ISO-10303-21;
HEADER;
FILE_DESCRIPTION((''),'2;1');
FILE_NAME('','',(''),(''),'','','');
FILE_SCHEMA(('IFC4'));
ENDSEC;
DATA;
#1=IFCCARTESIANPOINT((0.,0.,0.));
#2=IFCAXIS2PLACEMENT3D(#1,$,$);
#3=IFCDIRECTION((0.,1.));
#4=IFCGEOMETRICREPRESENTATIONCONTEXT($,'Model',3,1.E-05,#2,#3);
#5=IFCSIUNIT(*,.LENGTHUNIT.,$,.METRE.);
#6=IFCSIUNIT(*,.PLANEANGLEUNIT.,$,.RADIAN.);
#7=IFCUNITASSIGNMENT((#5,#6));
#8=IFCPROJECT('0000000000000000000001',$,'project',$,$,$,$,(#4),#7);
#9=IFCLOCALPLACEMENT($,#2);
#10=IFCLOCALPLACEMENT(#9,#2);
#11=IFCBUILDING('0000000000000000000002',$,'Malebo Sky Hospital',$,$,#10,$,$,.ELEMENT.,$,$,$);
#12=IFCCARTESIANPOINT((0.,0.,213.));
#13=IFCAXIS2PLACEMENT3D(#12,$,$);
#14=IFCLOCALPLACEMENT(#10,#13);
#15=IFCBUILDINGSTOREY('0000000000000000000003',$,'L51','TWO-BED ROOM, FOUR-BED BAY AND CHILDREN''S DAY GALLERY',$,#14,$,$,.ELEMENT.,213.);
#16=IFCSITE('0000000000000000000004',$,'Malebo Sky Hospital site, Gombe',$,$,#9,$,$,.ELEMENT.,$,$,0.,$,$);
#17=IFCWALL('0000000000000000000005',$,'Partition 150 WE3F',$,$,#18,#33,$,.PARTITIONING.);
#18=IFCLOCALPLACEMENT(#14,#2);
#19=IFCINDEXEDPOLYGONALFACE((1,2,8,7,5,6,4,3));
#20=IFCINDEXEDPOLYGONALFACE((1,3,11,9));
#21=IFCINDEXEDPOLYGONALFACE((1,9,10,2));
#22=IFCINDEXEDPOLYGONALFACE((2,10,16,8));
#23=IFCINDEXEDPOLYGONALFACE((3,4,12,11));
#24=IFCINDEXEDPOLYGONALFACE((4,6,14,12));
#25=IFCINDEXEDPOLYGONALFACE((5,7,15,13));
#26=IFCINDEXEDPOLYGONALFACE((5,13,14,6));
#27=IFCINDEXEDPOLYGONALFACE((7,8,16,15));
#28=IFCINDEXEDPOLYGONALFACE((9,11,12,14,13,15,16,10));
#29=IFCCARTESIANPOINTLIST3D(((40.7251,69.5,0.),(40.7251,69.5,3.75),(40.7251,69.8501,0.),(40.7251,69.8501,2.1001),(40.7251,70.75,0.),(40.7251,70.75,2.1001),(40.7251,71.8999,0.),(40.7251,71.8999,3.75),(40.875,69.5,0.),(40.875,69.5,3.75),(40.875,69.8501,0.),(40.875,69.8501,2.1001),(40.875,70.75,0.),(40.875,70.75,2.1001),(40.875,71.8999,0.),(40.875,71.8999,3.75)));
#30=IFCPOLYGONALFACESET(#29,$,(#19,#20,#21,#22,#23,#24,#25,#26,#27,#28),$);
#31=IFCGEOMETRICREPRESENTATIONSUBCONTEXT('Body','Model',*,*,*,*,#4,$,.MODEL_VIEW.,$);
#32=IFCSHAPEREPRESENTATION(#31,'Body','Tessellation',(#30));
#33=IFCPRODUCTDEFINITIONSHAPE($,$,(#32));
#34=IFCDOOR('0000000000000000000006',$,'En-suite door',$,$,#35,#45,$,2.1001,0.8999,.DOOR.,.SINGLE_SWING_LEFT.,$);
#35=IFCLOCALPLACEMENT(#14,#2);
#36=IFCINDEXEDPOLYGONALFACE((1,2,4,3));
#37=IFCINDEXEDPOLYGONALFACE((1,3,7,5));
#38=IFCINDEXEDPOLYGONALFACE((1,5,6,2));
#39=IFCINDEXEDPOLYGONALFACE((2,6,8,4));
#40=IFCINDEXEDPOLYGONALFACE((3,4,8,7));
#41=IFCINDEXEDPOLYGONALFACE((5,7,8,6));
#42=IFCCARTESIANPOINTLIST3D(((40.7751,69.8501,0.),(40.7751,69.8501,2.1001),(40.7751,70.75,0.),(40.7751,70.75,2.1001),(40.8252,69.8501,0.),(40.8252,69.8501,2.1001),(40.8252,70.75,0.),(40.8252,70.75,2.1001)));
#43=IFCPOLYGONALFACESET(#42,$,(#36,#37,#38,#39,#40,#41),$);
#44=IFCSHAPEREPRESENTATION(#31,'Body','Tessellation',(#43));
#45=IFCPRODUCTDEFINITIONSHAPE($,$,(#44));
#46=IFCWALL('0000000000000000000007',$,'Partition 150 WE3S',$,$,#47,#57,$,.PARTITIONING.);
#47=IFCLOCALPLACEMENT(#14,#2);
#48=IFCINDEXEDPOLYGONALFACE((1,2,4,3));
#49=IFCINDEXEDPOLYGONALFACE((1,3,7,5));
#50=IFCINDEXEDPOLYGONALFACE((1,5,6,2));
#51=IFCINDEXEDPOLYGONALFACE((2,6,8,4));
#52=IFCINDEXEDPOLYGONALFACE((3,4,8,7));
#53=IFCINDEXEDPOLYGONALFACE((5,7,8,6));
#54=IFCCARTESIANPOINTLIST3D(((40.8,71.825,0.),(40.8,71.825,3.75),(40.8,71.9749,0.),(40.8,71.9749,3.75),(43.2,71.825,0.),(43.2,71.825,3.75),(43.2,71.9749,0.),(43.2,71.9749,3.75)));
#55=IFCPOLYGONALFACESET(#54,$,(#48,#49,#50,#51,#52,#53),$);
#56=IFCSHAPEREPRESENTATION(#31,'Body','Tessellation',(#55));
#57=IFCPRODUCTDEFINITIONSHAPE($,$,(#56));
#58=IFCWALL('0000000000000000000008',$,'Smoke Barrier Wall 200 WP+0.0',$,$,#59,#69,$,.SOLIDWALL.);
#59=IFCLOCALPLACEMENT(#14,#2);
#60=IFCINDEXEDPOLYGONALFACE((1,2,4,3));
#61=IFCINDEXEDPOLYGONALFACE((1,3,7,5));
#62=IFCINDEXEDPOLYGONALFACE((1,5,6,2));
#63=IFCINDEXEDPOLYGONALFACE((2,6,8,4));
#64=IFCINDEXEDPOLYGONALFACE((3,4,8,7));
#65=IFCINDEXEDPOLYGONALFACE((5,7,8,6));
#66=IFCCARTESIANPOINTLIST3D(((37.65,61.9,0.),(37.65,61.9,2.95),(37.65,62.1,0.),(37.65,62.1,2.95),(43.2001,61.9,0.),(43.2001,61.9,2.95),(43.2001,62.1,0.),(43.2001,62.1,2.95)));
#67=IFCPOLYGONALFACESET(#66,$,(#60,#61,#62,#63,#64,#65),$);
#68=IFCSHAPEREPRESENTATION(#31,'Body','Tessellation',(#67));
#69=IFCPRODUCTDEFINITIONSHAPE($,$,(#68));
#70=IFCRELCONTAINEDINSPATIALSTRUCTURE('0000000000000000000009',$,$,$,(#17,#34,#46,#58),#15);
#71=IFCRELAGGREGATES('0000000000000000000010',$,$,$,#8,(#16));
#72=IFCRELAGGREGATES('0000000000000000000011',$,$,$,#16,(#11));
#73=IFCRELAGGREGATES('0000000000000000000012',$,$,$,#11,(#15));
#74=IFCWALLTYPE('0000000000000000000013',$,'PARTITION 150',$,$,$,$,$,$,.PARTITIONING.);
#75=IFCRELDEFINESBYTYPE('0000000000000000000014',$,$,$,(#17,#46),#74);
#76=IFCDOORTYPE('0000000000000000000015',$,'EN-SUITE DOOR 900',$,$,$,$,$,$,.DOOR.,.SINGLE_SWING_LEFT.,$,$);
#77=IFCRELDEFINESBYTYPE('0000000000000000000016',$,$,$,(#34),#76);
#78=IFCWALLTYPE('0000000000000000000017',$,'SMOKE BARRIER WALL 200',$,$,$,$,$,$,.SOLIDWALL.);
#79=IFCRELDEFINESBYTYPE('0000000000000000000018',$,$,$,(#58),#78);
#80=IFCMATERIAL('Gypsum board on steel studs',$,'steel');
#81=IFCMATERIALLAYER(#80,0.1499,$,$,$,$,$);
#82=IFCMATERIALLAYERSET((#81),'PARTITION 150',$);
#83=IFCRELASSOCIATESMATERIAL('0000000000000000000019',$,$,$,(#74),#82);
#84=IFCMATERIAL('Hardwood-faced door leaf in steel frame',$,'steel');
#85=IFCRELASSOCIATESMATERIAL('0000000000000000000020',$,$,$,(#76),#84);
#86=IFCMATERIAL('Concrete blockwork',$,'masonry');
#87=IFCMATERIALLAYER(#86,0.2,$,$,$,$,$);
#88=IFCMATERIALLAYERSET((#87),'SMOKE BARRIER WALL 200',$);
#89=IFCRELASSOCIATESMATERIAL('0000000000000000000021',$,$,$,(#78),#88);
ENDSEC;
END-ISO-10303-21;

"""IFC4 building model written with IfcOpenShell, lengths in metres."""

from ifc_helpers import new_model, si_unit, direction, frame, frame_2d, origin, place, context, subcontext, project, spatial, rectangle, extrude, material, layer, layer_set, type_object, element, fill, save


model = new_model("IFC4")

# Units and contexts
model_context = context("Model", 3, precision=1e-05, world=origin(), true_north=direction((0.0, 1.0)))
body_context = subcontext(model_context, "Body", "Model", "MODEL_VIEW")
ifc_project = project(units=[si_unit("LENGTHUNIT", "METRE"), si_unit("PLANEANGLEUNIT", "RADIAN")], contexts=[model_context])

# Site, building, storey
site_placement = place(None, origin())
site = spatial("IfcSite", under=ifc_project, at=site_placement, Name="Malebo Sky Hospital site, Gombe", CompositionType="ELEMENT", RefElevation=0.0)
building_placement = place(site_placement, origin())
building = spatial("IfcBuilding", under=site, at=building_placement, Name="Malebo Sky Hospital", CompositionType="ELEMENT")
storey_placement = place(building_placement, frame((0.0, 0.0, 213.0)))
storey = spatial("IfcBuildingStorey", under=building, at=storey_placement, Name="L51", Description="TWO-BED ROOM, FOUR-BED BAY AND CHILDREN'S DAY GALLERY", CompositionType="ELEMENT", Elevation=213.0)

# Shared definitions
ifc_material_1 = material(Name="Gypsum board on steel studs", Category="steel")
ifc_layer_1 = layer(ifc_material_1, 0.1499)
ifc_layer_set_1 = layer_set([ifc_layer_1], Name="PARTITION 150")
wall_type_1 = type_object("IfcWallType", Name="PARTITION 150", PredefinedType="PARTITIONING", material=ifc_layer_set_1)

# Shared definitions
ifc_material_2 = material(Name="Hardwood-faced door leaf in steel frame", Category="steel")
door_type = type_object("IfcDoorType", Name="EN-SUITE DOOR 900", OperationType="SINGLE_SWING_LEFT", PredefinedType="DOOR", material=ifc_material_2)

# Wall, opening, door
wall_1_placement = place(storey_placement, frame((40.8, 69.5, 0.0), z_axis=(0.0, 0.0, 1.0), x_axis=(0.0, 1.0, 0.0)))
wall_1 = element("IfcWall", 1, at=wall_1_placement, inside=storey, type_object=wall_type_1, Name="Partition 150 WE3F", PredefinedType="PARTITIONING", context=body_context, shape_type="SweptSolid", body=[
    extrude(rectangle(XDim=2.3999, YDim=0.1499, at=frame_2d((1.2, 0.0))), origin(), (0.0, 0.0, 1.0), 3.75),
])
opening_1_placement = place(wall_1_placement, frame((0.3501, 0.0, 0.0)))
opening_1 = element("IfcOpeningElement", 2, at=opening_1_placement, cuts=wall_1, PredefinedType="OPENING", context=body_context, shape_type="SweptSolid", body=[
    extrude(rectangle(XDim=0.8999, YDim=2.1001, at=frame_2d((0.45, 1.05))), frame((0.0, 0.085, 0.0), z_axis=(0.0, -1.0, 0.0), x_axis=(1.0, 0.0, 0.0)), (0.0, 0.0, 1.0), 0.1699),
])
door_1_placement = place(opening_1_placement, origin())
door_1 = element("IfcDoor", 3, at=door_1_placement, inside=storey, type_object=door_type, Name="En-suite door", OperationType="SINGLE_SWING_LEFT", OverallHeight=2.1001, OverallWidth=0.8999, PredefinedType="DOOR", context=body_context, shape_type="SweptSolid", body=[
    extrude(rectangle(XDim=0.8999, YDim=2.1001, at=frame_2d((0.45, 1.05))), frame((0.0, 0.0249, 0.0), z_axis=(0.0, -1.0, 0.0), x_axis=(1.0, 0.0, 0.0)), (0.0, 0.0, 1.0), 0.05),
])
fill(opening_1, door_1)

# Walls
wall_2_placement = place(storey_placement, frame((43.2, 71.8999, 0.0), z_axis=(0.0, 0.0, 1.0), x_axis=(-1.0, 0.0, 0.0)))
element("IfcWall", 4, at=wall_2_placement, inside=storey, type_object=wall_type_1, Name="Partition 150 WE3S", PredefinedType="PARTITIONING", context=body_context, shape_type="SweptSolid", body=[
    extrude(rectangle(XDim=2.3999, YDim=0.1499, at=frame_2d((1.2, 0.0))), origin(), (0.0, 0.0, 1.0), 3.75),
])
ifc_material_3 = material(Name="Concrete blockwork", Category="masonry")
ifc_layer_2 = layer(ifc_material_3, 0.2)
ifc_layer_set_2 = layer_set([ifc_layer_2], Name="SMOKE BARRIER WALL 200")
wall_type_2 = type_object("IfcWallType", Name="SMOKE BARRIER WALL 200", PredefinedType="SOLIDWALL", material=ifc_layer_set_2)
wall_3_placement = place(storey_placement, frame((43.2, 62.0, 0.0), z_axis=(0.0, 0.0, 1.0), x_axis=(-1.0, 0.0, 0.0)))
element("IfcWall", 5, at=wall_3_placement, inside=storey, type_object=wall_type_2, Name="Smoke Barrier Wall 200 WP+0.0", PredefinedType="SOLIDWALL", context=body_context, shape_type="SweptSolid", body=[
    extrude(rectangle(XDim=5.55, YDim=0.2, at=frame_2d((2.7749, 0.0))), origin(), (0.0, 0.0, 1.0), 2.95),
])

save(model, "model.ifc")
